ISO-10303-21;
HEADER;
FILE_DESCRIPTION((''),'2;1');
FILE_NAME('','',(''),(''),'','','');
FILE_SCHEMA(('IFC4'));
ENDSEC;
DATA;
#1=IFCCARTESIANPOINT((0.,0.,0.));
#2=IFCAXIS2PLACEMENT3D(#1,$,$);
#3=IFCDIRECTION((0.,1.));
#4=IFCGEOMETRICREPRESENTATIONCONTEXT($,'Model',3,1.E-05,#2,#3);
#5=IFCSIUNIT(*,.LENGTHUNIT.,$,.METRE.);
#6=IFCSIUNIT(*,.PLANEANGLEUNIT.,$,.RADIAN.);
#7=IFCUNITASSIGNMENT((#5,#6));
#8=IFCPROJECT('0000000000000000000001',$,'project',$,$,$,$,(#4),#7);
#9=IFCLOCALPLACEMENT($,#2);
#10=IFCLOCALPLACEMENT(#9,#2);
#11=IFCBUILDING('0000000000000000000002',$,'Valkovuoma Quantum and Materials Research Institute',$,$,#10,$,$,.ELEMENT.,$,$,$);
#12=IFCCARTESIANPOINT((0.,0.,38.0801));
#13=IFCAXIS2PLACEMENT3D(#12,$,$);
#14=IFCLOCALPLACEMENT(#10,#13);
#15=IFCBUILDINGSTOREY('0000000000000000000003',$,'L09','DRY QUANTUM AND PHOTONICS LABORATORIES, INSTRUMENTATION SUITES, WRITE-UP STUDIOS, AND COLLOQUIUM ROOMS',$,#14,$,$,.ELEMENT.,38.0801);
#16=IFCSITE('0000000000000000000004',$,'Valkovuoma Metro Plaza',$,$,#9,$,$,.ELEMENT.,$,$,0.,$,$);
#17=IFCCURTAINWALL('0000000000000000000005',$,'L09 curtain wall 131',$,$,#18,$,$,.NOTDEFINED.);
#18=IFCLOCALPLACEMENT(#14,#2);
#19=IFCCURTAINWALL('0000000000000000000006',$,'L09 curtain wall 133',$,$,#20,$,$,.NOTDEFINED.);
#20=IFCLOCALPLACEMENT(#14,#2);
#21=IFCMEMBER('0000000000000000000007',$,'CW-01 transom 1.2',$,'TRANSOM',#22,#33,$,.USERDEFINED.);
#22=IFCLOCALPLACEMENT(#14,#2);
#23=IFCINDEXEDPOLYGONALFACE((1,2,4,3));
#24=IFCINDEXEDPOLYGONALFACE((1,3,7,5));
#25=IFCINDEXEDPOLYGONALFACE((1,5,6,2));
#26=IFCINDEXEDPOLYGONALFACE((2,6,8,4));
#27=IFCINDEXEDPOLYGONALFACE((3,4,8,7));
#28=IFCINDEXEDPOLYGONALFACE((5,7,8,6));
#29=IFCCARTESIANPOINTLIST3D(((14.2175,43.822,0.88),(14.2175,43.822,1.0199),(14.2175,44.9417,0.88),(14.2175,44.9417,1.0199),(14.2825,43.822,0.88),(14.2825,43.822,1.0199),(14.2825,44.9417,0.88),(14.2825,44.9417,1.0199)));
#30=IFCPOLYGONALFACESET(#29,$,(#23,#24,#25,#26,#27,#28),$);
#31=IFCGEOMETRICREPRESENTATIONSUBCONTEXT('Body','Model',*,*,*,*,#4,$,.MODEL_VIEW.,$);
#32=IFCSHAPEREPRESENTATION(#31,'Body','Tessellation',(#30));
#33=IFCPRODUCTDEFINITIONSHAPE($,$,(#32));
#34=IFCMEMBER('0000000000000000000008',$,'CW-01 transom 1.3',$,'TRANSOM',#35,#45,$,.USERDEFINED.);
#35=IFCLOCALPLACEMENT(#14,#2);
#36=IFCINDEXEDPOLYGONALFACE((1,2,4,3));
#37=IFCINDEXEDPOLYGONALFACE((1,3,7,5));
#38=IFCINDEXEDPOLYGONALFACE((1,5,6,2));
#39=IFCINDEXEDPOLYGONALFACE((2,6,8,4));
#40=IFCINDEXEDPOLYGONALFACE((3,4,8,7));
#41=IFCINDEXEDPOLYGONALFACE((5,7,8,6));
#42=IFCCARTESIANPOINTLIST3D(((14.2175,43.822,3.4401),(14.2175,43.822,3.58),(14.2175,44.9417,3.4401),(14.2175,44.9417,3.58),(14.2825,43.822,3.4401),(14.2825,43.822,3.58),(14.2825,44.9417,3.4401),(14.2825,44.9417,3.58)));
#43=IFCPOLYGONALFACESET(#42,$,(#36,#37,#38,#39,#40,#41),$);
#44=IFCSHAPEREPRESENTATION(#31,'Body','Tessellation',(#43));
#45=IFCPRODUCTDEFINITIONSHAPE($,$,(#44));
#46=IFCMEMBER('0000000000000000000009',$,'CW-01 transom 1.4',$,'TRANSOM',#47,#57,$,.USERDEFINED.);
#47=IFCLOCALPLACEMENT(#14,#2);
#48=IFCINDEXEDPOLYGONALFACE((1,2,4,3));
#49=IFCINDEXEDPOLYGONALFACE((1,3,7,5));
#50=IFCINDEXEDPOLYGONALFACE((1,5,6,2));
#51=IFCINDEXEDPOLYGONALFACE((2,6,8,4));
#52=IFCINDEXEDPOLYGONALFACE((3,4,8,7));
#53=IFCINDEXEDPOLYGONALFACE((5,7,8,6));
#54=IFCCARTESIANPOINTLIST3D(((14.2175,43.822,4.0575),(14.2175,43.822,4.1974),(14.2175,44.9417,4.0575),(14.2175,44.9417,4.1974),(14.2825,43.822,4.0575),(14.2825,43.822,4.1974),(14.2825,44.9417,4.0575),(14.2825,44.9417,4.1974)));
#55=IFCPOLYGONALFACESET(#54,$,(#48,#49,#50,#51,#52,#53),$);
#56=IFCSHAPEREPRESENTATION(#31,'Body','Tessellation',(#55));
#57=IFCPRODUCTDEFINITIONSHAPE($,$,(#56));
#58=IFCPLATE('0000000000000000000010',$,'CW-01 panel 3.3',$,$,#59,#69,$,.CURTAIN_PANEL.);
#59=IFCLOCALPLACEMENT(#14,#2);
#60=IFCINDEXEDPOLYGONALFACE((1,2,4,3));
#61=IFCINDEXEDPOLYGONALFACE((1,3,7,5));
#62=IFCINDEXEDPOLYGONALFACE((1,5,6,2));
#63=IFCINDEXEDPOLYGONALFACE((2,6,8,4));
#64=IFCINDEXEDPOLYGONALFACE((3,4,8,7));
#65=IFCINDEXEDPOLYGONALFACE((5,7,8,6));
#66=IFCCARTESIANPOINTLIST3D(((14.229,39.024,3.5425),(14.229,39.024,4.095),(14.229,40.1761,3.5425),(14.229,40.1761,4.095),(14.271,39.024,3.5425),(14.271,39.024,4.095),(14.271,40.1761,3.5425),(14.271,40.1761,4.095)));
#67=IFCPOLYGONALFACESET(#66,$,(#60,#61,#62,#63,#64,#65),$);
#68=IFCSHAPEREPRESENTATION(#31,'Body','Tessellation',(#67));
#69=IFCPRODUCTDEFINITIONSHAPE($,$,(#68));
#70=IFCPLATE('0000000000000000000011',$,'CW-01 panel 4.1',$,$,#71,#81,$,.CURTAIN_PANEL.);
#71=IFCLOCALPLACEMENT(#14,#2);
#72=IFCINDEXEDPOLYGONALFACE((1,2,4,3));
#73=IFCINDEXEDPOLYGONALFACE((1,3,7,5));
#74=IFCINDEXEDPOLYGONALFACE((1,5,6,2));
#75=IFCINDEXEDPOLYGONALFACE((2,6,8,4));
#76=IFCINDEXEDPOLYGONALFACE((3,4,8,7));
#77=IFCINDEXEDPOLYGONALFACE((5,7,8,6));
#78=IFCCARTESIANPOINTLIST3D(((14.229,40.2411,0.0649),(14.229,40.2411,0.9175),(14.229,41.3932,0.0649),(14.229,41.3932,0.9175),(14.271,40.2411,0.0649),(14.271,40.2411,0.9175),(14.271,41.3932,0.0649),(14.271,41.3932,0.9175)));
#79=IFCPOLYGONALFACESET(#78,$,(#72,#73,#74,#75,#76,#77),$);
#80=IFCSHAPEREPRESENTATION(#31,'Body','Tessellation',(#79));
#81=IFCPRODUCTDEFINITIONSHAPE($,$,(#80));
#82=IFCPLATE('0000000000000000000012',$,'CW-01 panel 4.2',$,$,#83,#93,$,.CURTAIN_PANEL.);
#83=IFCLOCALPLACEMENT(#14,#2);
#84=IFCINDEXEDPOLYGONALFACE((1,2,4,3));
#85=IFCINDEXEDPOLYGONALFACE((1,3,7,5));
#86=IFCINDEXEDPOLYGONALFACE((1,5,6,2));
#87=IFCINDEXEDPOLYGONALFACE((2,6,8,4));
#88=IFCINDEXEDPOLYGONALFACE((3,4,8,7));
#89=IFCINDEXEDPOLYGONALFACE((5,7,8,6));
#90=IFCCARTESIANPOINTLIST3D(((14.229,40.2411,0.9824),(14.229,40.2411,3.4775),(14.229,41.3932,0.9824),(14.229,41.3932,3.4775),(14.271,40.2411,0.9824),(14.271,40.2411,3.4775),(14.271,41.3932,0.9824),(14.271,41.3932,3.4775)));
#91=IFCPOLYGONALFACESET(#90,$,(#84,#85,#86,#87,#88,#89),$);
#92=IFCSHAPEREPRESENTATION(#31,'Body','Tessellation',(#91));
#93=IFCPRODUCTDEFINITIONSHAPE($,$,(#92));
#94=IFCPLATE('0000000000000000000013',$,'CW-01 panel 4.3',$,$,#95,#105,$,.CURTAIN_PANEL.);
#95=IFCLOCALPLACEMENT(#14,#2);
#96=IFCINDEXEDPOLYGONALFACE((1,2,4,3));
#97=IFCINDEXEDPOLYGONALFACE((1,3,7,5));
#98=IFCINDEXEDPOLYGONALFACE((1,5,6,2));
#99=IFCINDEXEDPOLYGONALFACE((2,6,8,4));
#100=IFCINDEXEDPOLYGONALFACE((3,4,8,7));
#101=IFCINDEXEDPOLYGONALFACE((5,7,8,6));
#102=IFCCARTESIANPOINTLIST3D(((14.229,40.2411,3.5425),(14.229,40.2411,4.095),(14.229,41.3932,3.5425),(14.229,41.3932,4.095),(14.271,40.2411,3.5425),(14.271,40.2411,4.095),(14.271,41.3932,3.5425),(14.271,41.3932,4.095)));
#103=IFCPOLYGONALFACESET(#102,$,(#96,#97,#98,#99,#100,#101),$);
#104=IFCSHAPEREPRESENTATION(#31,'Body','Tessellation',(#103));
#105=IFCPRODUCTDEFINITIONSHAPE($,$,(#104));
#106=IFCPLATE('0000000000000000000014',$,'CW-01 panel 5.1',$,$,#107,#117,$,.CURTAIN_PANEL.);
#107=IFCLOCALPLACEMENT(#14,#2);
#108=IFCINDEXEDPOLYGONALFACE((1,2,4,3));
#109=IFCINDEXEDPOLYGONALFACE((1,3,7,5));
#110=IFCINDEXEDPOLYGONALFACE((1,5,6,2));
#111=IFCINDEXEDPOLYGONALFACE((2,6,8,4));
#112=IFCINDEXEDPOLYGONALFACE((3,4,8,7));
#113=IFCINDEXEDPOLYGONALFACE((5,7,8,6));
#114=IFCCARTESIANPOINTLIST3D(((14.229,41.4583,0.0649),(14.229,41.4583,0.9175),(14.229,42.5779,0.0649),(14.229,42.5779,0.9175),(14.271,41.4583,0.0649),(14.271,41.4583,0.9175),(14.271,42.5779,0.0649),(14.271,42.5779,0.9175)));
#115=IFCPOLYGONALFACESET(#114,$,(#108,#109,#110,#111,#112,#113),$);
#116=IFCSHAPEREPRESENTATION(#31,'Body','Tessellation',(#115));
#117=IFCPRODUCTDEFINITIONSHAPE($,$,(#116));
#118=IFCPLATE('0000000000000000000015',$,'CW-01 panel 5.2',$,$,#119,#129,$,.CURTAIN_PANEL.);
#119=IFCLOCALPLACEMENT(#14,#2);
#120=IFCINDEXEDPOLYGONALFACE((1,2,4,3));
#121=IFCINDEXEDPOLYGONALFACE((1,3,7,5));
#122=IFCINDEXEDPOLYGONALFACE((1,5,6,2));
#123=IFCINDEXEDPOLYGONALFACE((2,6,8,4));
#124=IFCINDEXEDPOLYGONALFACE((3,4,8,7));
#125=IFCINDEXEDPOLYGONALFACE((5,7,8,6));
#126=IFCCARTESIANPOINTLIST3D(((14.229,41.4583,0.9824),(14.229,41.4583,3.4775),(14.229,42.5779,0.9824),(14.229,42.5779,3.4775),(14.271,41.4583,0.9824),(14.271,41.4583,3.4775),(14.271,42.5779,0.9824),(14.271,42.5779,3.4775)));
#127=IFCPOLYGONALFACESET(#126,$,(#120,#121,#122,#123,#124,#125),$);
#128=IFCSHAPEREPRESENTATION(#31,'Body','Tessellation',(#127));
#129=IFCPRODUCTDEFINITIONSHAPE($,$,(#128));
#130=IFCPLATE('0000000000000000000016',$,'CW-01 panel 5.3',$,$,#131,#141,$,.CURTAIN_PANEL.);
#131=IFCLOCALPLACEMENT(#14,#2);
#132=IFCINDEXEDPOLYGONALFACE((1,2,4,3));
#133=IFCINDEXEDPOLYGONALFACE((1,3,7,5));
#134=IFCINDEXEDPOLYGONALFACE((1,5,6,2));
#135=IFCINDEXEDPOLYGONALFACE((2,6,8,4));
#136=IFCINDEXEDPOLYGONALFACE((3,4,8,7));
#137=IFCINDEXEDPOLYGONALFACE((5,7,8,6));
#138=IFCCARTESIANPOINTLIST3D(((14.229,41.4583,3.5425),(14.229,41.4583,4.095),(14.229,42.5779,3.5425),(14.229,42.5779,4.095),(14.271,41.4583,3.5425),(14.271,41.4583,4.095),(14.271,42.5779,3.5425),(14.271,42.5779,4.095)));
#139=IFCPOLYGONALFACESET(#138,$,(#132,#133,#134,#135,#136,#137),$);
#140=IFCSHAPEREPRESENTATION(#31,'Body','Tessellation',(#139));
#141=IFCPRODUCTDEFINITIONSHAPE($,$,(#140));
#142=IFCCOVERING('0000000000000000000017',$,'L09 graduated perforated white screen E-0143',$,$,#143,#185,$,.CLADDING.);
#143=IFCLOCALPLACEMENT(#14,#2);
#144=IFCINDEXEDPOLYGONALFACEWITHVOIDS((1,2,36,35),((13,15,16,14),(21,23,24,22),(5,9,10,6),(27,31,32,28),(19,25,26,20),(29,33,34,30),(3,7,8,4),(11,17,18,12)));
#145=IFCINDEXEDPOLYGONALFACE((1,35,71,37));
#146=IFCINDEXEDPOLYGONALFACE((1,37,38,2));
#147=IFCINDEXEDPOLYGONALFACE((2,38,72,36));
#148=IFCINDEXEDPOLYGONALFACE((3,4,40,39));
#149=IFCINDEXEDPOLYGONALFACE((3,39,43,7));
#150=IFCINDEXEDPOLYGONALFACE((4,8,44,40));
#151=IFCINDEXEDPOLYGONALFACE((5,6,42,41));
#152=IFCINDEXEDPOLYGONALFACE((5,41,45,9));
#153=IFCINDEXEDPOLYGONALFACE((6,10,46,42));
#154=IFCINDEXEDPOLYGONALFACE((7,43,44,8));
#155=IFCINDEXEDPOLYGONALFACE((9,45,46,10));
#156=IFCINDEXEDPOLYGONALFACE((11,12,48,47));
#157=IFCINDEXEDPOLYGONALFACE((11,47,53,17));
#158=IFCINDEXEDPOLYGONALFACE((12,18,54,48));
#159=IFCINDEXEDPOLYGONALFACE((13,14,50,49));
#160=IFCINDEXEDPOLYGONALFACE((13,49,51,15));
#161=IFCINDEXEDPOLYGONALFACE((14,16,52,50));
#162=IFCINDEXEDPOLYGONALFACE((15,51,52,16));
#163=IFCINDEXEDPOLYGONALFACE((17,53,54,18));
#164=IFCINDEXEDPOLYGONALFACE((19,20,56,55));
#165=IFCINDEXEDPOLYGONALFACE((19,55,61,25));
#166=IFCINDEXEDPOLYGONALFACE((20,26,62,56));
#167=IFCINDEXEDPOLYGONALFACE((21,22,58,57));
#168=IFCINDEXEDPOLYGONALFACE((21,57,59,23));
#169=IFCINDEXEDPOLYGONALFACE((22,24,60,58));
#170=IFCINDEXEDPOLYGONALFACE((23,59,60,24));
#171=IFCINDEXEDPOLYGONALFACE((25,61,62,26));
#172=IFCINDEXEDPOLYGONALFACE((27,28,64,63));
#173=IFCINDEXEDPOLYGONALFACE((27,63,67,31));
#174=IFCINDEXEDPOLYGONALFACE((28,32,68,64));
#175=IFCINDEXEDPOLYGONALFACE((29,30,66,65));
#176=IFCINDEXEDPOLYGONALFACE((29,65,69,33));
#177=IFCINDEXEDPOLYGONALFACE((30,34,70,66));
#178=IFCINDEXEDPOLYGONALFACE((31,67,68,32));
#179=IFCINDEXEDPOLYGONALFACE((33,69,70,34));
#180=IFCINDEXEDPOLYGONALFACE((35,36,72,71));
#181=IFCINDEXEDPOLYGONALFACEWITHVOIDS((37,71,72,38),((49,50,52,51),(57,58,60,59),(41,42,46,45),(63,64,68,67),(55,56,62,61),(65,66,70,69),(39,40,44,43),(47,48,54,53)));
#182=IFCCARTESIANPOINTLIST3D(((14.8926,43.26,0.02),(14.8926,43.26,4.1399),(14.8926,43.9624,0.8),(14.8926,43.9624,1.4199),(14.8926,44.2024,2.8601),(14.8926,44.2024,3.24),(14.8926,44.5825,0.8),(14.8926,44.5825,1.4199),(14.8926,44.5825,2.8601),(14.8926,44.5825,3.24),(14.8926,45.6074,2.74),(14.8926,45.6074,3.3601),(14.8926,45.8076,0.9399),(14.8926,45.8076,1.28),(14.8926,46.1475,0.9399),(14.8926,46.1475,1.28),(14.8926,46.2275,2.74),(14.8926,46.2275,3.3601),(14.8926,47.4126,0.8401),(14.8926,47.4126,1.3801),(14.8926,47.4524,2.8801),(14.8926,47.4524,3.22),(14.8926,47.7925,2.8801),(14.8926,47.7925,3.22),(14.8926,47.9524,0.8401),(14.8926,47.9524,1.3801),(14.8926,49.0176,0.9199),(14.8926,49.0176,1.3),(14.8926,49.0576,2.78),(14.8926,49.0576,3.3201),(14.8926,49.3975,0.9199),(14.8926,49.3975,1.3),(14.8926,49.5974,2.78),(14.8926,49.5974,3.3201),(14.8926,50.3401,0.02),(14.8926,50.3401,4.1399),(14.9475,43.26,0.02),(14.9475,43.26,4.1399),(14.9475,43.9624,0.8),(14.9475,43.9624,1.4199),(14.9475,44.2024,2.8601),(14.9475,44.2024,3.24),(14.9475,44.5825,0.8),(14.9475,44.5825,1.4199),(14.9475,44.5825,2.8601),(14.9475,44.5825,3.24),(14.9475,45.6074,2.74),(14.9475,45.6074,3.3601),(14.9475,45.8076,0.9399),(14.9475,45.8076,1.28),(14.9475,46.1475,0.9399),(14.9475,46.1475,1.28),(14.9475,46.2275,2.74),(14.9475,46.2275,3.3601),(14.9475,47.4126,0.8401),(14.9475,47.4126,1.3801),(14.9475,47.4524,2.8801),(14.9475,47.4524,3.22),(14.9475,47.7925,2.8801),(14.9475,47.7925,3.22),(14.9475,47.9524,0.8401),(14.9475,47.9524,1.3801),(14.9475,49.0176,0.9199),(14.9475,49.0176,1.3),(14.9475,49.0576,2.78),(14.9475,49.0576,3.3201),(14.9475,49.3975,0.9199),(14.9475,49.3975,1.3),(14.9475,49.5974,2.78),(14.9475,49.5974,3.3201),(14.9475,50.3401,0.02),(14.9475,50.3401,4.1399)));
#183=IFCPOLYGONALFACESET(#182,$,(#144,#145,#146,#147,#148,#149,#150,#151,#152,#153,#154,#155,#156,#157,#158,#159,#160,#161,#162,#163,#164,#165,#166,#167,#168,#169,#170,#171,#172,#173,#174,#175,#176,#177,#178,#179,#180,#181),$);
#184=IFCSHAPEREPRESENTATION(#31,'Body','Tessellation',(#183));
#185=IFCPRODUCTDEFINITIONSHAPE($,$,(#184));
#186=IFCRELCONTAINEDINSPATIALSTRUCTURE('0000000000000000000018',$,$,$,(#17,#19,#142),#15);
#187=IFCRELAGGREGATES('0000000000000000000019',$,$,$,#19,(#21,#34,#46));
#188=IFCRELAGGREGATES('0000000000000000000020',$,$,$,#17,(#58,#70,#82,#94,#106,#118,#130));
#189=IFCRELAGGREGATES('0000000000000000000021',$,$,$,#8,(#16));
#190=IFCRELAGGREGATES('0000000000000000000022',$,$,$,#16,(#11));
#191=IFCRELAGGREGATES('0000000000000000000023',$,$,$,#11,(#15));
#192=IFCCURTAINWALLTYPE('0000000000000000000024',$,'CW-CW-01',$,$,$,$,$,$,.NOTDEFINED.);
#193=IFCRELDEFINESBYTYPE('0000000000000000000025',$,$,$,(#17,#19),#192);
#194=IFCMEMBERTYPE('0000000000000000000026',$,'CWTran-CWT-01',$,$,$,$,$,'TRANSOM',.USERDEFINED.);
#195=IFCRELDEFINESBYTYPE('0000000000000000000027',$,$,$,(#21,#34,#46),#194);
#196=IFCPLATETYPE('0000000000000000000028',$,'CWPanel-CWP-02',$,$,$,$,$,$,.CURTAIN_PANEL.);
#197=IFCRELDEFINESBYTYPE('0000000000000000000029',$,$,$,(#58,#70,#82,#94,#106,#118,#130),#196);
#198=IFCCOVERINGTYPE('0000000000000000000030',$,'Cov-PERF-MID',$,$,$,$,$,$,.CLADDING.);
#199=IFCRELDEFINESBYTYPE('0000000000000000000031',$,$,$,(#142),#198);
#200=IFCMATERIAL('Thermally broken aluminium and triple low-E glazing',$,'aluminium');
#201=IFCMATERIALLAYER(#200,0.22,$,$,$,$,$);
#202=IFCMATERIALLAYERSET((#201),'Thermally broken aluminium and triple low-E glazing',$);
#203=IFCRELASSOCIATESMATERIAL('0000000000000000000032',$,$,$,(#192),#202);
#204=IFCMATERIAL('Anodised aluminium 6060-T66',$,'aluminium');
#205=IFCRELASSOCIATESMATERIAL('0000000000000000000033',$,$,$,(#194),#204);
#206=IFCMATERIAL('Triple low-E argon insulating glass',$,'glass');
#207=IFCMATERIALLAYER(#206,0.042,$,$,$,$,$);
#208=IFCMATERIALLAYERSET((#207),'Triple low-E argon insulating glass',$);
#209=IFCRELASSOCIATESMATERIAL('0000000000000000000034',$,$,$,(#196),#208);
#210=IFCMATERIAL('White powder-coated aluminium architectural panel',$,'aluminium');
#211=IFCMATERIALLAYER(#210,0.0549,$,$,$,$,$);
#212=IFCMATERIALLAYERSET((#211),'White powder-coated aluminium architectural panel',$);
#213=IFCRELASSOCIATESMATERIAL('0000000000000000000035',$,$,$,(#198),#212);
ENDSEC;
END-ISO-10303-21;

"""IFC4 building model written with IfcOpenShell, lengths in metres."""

from ifc_helpers import new_model, si_unit, direction, frame, origin, origin_2d, place, context, subcontext, project, spatial, polyline, rectangle, outline, extrude, material, layer, layer_set, material_profile, profile_set, type_object, element, aggregate, save


model = new_model("IFC4")

# Units and contexts
model_context = context("Model", 3, precision=1e-05, world=origin(), true_north=direction((0.0, 1.0)))
body_context = subcontext(model_context, "Body", "Model", "MODEL_VIEW")
ifc_project = project(units=[si_unit("LENGTHUNIT", "METRE"), si_unit("PLANEANGLEUNIT", "RADIAN")], contexts=[model_context])

# Site, building, storey
site_placement = place(None, origin())
site = spatial("IfcSite", under=ifc_project, at=site_placement, Name="Valkovuoma Metro Plaza", CompositionType="ELEMENT", RefElevation=0.0)
building_placement = place(site_placement, origin())
building = spatial("IfcBuilding", under=site, at=building_placement, Name="Valkovuoma Quantum and Materials Research Institute", CompositionType="ELEMENT")
storey_placement = place(building_placement, frame((0.0, 0.0, 38.0801)))
storey = spatial("IfcBuildingStorey", under=building, at=storey_placement, Name="L09", Description="DRY QUANTUM AND PHOTONICS LABORATORIES, INSTRUMENTATION SUITES, WRITE-UP STUDIOS, AND COLLOQUIUM ROOMS", CompositionType="ELEMENT", Elevation=38.0801)

# Curtain wall
ifc_material_1 = material(Name="Thermally broken aluminium and triple low-E glazing", Category="aluminium")
ifc_layer_1 = layer(ifc_material_1, 0.22)
ifc_layer_set_1 = layer_set([ifc_layer_1], Name="Thermally broken aluminium and triple low-E glazing")
curtain_wall_type = type_object("IfcCurtainWallType", Name="CW-CW-01", PredefinedType="NOTDEFINED", material=ifc_layer_set_1)
curtain_wall_1_placement = place(storey_placement, origin())
curtain_wall_1 = element("IfcCurtainWall", 1, at=curtain_wall_1_placement, inside=storey, type_object=curtain_wall_type, Name="L09 curtain wall 131", PredefinedType="NOTDEFINED")

# Curtain wall
curtain_wall_2_placement = place(storey_placement, origin())
curtain_wall_2 = element("IfcCurtainWall", 2, at=curtain_wall_2_placement, inside=storey, type_object=curtain_wall_type, Name="L09 curtain wall 133", PredefinedType="NOTDEFINED")

# Members
ifc_material_2 = material(Name="Anodised aluminium 6060-T66", Category="aluminium")
ifc_material_profile_1 = material_profile(ifc_material_2, rectangle(XDim=0.0649, YDim=0.1399, at=origin_2d()), Name="Anodised aluminium 6060-T66")
ifc_profile_set_1 = profile_set([ifc_material_profile_1], Name="Anodised aluminium 6060-T66")
member_type_1 = type_object("IfcMemberType", Name="CWTran-CWT-01", ElementType="TRANSOM", PredefinedType="USERDEFINED", material=ifc_profile_set_1)
member_1_placement = place(storey_placement, frame((14.25, 43.822, 0.95), z_axis=(0.0, 1.0, 0.0), x_axis=(-1.0, 0.0, 0.0)))
member_1 = element("IfcMember", 3, at=member_1_placement, type_object=member_type_1, Name="CW-01 transom 1.2", ObjectType="TRANSOM", PredefinedType="USERDEFINED", context=body_context, shape_type="SweptSolid", body=[
    extrude(rectangle(XDim=0.0649, YDim=0.1399, at=origin_2d()), origin(), (0.0, 0.0, 1.0), 1.1196),
])
member_2_placement = place(storey_placement, frame((14.25, 43.822, 3.51), z_axis=(0.0, 1.0, 0.0), x_axis=(-1.0, 0.0, 0.0)))
member_2 = element("IfcMember", 4, at=member_2_placement, type_object=member_type_1, Name="CW-01 transom 1.3", ObjectType="TRANSOM", PredefinedType="USERDEFINED", context=body_context, shape_type="SweptSolid", body=[
    extrude(rectangle(XDim=0.0649, YDim=0.1399, at=origin_2d()), origin(), (0.0, 0.0, 1.0), 1.1196),
])
member_3_placement = place(storey_placement, frame((14.25, 43.822, 4.1274), z_axis=(0.0, 1.0, 0.0), x_axis=(-1.0, 0.0, 0.0)))
member_3 = element("IfcMember", 5, at=member_3_placement, type_object=member_type_1, Name="CW-01 transom 1.4", ObjectType="TRANSOM", PredefinedType="USERDEFINED", context=body_context, shape_type="SweptSolid", body=[
    extrude(rectangle(XDim=0.0649, YDim=0.1399, at=origin_2d()), origin(), (0.0, 0.0, 1.0), 1.1196),
])
aggregate(curtain_wall_2, [member_1, member_2, member_3])

# Plates
ifc_material_3 = material(Name="Triple low-E argon insulating glass", Category="glass")
ifc_layer_2 = layer(ifc_material_3, 0.042)
ifc_layer_set_2 = layer_set([ifc_layer_2], Name="Triple low-E argon insulating glass")
plate_type = type_object("IfcPlateType", Name="CWPanel-CWP-02", PredefinedType="CURTAIN_PANEL", material=ifc_layer_set_2)
plate_1_placement = place(storey_placement, frame((14.25, 39.6001, 3.5425), z_axis=(0.0, 0.0, 1.0), x_axis=(0.0, 1.0, 0.0)))
plate_1 = element("IfcPlate", 6, at=plate_1_placement, type_object=plate_type, Name="CW-01 panel 3.3", PredefinedType="CURTAIN_PANEL", context=body_context, shape_type="SweptSolid", body=[
    extrude(rectangle(XDim=1.1521, YDim=0.042, at=origin_2d()), origin(), (0.0, 0.0, 1.0), 0.5525),
])
plate_2_placement = place(storey_placement, frame((14.25, 40.8171, 0.0649), z_axis=(0.0, 0.0, 1.0), x_axis=(0.0, 1.0, 0.0)))
plate_2 = element("IfcPlate", 7, at=plate_2_placement, type_object=plate_type, Name="CW-01 panel 4.1", PredefinedType="CURTAIN_PANEL", context=body_context, shape_type="SweptSolid", body=[
    extrude(rectangle(XDim=1.1521, YDim=0.042, at=origin_2d()), origin(), (0.0, 0.0, 1.0), 0.8525),
])
plate_3_placement = place(storey_placement, frame((14.25, 40.8171, 0.9824), z_axis=(0.0, 0.0, 1.0), x_axis=(0.0, 1.0, 0.0)))
plate_3 = element("IfcPlate", 8, at=plate_3_placement, type_object=plate_type, Name="CW-01 panel 4.2", PredefinedType="CURTAIN_PANEL", context=body_context, shape_type="SweptSolid", body=[
    extrude(rectangle(XDim=1.1521, YDim=0.042, at=origin_2d()), origin(), (0.0, 0.0, 1.0), 2.4951),
])
plate_4_placement = place(storey_placement, frame((14.25, 40.8171, 3.5425), z_axis=(0.0, 0.0, 1.0), x_axis=(0.0, 1.0, 0.0)))
plate_4 = element("IfcPlate", 9, at=plate_4_placement, type_object=plate_type, Name="CW-01 panel 4.3", PredefinedType="CURTAIN_PANEL", context=body_context, shape_type="SweptSolid", body=[
    extrude(rectangle(XDim=1.1521, YDim=0.042, at=origin_2d()), origin(), (0.0, 0.0, 1.0), 0.5525),
])
plate_5_placement = place(storey_placement, frame((14.25, 42.0181, 0.0649), z_axis=(0.0, 0.0, 1.0), x_axis=(0.0, 1.0, 0.0)))
plate_5 = element("IfcPlate", 10, at=plate_5_placement, type_object=plate_type, Name="CW-01 panel 5.1", PredefinedType="CURTAIN_PANEL", context=body_context, shape_type="SweptSolid", body=[
    extrude(rectangle(XDim=1.1196, YDim=0.042, at=origin_2d()), origin(), (0.0, 0.0, 1.0), 0.8525),
])
plate_6_placement = place(storey_placement, frame((14.25, 42.0181, 0.9824), z_axis=(0.0, 0.0, 1.0), x_axis=(0.0, 1.0, 0.0)))
plate_6 = element("IfcPlate", 11, at=plate_6_placement, type_object=plate_type, Name="CW-01 panel 5.2", PredefinedType="CURTAIN_PANEL", context=body_context, shape_type="SweptSolid", body=[
    extrude(rectangle(XDim=1.1196, YDim=0.042, at=origin_2d()), origin(), (0.0, 0.0, 1.0), 2.4951),
])
plate_7_placement = place(storey_placement, frame((14.25, 42.0181, 3.5425), z_axis=(0.0, 0.0, 1.0), x_axis=(0.0, 1.0, 0.0)))
plate_7 = element("IfcPlate", 12, at=plate_7_placement, type_object=plate_type, Name="CW-01 panel 5.3", PredefinedType="CURTAIN_PANEL", context=body_context, shape_type="SweptSolid", body=[
    extrude(rectangle(XDim=1.1196, YDim=0.042, at=origin_2d()), origin(), (0.0, 0.0, 1.0), 0.5525),
])
aggregate(curtain_wall_1, [plate_1, plate_2, plate_3, plate_4, plate_5, plate_6, plate_7])

# Covering
ifc_material_4 = material(Name="White powder-coated aluminium architectural panel", Category="aluminium")
ifc_layer_3 = layer(ifc_material_4, 0.0549)
ifc_layer_set_3 = layer_set([ifc_layer_3], Name="White powder-coated aluminium architectural panel")
covering_type = type_object("IfcCoveringType", Name="Cov-PERF-MID", PredefinedType="CLADDING", material=ifc_layer_set_3)
covering_placement = place(storey_placement, frame((14.9199, 43.26, 0.02), z_axis=(0.0, 0.0, 1.0), x_axis=(0.0, 1.0, 0.0)))
element("IfcCovering", 13, at=covering_placement, inside=storey, type_object=covering_type, Name="L09 graduated perforated white screen E-0143", PredefinedType="CLADDING", context=body_context, shape_type="SweptSolid", body=[
    extrude(outline(polyline([(0.0, 0.0), (7.0801, 0.0), (7.0801, 4.1199), (0.0, 4.1199), (0.0, 0.0)]), holes=[polyline([(0.7024, 0.78), (0.7024, 1.3999), (1.3225, 1.3999), (1.3225, 0.78), (0.7024, 0.78)]), polyline([(0.9424, 2.8401), (0.9424, 3.22), (1.3225, 3.22), (1.3225, 2.8401), (0.9424, 2.8401)]), polyline([(2.5476, 0.9199), (2.5476, 1.26), (2.8875, 1.26), (2.8875, 0.9199), (2.5476, 0.9199)]), polyline([(2.3474, 2.72), (2.3474, 3.3401), (2.9675, 3.3401), (2.9675, 2.72), (2.3474, 2.72)]), polyline([(4.1526, 0.8201), (4.1526, 1.3601), (4.6924, 1.3601), (4.6924, 0.8201), (4.1526, 0.8201)]), polyline([(4.1924, 2.8601), (4.1924, 3.2), (4.5325, 3.2), (4.5325, 2.8601), (4.1924, 2.8601)]), polyline([(5.7576, 0.8999), (5.7576, 1.28), (6.1375, 1.28), (6.1375, 0.8999), (5.7576, 0.8999)]), polyline([(5.7976, 2.76), (5.7976, 3.3), (6.3374, 3.3), (6.3374, 2.76), (5.7976, 2.76)])]), frame((0.0, 0.0273, 0.0), z_axis=(0.0, -1.0, 0.0), x_axis=(1.0, 0.0, 0.0)), (0.0, 0.0, 1.0), 0.0549),
])

save(model, "model.ifc")
